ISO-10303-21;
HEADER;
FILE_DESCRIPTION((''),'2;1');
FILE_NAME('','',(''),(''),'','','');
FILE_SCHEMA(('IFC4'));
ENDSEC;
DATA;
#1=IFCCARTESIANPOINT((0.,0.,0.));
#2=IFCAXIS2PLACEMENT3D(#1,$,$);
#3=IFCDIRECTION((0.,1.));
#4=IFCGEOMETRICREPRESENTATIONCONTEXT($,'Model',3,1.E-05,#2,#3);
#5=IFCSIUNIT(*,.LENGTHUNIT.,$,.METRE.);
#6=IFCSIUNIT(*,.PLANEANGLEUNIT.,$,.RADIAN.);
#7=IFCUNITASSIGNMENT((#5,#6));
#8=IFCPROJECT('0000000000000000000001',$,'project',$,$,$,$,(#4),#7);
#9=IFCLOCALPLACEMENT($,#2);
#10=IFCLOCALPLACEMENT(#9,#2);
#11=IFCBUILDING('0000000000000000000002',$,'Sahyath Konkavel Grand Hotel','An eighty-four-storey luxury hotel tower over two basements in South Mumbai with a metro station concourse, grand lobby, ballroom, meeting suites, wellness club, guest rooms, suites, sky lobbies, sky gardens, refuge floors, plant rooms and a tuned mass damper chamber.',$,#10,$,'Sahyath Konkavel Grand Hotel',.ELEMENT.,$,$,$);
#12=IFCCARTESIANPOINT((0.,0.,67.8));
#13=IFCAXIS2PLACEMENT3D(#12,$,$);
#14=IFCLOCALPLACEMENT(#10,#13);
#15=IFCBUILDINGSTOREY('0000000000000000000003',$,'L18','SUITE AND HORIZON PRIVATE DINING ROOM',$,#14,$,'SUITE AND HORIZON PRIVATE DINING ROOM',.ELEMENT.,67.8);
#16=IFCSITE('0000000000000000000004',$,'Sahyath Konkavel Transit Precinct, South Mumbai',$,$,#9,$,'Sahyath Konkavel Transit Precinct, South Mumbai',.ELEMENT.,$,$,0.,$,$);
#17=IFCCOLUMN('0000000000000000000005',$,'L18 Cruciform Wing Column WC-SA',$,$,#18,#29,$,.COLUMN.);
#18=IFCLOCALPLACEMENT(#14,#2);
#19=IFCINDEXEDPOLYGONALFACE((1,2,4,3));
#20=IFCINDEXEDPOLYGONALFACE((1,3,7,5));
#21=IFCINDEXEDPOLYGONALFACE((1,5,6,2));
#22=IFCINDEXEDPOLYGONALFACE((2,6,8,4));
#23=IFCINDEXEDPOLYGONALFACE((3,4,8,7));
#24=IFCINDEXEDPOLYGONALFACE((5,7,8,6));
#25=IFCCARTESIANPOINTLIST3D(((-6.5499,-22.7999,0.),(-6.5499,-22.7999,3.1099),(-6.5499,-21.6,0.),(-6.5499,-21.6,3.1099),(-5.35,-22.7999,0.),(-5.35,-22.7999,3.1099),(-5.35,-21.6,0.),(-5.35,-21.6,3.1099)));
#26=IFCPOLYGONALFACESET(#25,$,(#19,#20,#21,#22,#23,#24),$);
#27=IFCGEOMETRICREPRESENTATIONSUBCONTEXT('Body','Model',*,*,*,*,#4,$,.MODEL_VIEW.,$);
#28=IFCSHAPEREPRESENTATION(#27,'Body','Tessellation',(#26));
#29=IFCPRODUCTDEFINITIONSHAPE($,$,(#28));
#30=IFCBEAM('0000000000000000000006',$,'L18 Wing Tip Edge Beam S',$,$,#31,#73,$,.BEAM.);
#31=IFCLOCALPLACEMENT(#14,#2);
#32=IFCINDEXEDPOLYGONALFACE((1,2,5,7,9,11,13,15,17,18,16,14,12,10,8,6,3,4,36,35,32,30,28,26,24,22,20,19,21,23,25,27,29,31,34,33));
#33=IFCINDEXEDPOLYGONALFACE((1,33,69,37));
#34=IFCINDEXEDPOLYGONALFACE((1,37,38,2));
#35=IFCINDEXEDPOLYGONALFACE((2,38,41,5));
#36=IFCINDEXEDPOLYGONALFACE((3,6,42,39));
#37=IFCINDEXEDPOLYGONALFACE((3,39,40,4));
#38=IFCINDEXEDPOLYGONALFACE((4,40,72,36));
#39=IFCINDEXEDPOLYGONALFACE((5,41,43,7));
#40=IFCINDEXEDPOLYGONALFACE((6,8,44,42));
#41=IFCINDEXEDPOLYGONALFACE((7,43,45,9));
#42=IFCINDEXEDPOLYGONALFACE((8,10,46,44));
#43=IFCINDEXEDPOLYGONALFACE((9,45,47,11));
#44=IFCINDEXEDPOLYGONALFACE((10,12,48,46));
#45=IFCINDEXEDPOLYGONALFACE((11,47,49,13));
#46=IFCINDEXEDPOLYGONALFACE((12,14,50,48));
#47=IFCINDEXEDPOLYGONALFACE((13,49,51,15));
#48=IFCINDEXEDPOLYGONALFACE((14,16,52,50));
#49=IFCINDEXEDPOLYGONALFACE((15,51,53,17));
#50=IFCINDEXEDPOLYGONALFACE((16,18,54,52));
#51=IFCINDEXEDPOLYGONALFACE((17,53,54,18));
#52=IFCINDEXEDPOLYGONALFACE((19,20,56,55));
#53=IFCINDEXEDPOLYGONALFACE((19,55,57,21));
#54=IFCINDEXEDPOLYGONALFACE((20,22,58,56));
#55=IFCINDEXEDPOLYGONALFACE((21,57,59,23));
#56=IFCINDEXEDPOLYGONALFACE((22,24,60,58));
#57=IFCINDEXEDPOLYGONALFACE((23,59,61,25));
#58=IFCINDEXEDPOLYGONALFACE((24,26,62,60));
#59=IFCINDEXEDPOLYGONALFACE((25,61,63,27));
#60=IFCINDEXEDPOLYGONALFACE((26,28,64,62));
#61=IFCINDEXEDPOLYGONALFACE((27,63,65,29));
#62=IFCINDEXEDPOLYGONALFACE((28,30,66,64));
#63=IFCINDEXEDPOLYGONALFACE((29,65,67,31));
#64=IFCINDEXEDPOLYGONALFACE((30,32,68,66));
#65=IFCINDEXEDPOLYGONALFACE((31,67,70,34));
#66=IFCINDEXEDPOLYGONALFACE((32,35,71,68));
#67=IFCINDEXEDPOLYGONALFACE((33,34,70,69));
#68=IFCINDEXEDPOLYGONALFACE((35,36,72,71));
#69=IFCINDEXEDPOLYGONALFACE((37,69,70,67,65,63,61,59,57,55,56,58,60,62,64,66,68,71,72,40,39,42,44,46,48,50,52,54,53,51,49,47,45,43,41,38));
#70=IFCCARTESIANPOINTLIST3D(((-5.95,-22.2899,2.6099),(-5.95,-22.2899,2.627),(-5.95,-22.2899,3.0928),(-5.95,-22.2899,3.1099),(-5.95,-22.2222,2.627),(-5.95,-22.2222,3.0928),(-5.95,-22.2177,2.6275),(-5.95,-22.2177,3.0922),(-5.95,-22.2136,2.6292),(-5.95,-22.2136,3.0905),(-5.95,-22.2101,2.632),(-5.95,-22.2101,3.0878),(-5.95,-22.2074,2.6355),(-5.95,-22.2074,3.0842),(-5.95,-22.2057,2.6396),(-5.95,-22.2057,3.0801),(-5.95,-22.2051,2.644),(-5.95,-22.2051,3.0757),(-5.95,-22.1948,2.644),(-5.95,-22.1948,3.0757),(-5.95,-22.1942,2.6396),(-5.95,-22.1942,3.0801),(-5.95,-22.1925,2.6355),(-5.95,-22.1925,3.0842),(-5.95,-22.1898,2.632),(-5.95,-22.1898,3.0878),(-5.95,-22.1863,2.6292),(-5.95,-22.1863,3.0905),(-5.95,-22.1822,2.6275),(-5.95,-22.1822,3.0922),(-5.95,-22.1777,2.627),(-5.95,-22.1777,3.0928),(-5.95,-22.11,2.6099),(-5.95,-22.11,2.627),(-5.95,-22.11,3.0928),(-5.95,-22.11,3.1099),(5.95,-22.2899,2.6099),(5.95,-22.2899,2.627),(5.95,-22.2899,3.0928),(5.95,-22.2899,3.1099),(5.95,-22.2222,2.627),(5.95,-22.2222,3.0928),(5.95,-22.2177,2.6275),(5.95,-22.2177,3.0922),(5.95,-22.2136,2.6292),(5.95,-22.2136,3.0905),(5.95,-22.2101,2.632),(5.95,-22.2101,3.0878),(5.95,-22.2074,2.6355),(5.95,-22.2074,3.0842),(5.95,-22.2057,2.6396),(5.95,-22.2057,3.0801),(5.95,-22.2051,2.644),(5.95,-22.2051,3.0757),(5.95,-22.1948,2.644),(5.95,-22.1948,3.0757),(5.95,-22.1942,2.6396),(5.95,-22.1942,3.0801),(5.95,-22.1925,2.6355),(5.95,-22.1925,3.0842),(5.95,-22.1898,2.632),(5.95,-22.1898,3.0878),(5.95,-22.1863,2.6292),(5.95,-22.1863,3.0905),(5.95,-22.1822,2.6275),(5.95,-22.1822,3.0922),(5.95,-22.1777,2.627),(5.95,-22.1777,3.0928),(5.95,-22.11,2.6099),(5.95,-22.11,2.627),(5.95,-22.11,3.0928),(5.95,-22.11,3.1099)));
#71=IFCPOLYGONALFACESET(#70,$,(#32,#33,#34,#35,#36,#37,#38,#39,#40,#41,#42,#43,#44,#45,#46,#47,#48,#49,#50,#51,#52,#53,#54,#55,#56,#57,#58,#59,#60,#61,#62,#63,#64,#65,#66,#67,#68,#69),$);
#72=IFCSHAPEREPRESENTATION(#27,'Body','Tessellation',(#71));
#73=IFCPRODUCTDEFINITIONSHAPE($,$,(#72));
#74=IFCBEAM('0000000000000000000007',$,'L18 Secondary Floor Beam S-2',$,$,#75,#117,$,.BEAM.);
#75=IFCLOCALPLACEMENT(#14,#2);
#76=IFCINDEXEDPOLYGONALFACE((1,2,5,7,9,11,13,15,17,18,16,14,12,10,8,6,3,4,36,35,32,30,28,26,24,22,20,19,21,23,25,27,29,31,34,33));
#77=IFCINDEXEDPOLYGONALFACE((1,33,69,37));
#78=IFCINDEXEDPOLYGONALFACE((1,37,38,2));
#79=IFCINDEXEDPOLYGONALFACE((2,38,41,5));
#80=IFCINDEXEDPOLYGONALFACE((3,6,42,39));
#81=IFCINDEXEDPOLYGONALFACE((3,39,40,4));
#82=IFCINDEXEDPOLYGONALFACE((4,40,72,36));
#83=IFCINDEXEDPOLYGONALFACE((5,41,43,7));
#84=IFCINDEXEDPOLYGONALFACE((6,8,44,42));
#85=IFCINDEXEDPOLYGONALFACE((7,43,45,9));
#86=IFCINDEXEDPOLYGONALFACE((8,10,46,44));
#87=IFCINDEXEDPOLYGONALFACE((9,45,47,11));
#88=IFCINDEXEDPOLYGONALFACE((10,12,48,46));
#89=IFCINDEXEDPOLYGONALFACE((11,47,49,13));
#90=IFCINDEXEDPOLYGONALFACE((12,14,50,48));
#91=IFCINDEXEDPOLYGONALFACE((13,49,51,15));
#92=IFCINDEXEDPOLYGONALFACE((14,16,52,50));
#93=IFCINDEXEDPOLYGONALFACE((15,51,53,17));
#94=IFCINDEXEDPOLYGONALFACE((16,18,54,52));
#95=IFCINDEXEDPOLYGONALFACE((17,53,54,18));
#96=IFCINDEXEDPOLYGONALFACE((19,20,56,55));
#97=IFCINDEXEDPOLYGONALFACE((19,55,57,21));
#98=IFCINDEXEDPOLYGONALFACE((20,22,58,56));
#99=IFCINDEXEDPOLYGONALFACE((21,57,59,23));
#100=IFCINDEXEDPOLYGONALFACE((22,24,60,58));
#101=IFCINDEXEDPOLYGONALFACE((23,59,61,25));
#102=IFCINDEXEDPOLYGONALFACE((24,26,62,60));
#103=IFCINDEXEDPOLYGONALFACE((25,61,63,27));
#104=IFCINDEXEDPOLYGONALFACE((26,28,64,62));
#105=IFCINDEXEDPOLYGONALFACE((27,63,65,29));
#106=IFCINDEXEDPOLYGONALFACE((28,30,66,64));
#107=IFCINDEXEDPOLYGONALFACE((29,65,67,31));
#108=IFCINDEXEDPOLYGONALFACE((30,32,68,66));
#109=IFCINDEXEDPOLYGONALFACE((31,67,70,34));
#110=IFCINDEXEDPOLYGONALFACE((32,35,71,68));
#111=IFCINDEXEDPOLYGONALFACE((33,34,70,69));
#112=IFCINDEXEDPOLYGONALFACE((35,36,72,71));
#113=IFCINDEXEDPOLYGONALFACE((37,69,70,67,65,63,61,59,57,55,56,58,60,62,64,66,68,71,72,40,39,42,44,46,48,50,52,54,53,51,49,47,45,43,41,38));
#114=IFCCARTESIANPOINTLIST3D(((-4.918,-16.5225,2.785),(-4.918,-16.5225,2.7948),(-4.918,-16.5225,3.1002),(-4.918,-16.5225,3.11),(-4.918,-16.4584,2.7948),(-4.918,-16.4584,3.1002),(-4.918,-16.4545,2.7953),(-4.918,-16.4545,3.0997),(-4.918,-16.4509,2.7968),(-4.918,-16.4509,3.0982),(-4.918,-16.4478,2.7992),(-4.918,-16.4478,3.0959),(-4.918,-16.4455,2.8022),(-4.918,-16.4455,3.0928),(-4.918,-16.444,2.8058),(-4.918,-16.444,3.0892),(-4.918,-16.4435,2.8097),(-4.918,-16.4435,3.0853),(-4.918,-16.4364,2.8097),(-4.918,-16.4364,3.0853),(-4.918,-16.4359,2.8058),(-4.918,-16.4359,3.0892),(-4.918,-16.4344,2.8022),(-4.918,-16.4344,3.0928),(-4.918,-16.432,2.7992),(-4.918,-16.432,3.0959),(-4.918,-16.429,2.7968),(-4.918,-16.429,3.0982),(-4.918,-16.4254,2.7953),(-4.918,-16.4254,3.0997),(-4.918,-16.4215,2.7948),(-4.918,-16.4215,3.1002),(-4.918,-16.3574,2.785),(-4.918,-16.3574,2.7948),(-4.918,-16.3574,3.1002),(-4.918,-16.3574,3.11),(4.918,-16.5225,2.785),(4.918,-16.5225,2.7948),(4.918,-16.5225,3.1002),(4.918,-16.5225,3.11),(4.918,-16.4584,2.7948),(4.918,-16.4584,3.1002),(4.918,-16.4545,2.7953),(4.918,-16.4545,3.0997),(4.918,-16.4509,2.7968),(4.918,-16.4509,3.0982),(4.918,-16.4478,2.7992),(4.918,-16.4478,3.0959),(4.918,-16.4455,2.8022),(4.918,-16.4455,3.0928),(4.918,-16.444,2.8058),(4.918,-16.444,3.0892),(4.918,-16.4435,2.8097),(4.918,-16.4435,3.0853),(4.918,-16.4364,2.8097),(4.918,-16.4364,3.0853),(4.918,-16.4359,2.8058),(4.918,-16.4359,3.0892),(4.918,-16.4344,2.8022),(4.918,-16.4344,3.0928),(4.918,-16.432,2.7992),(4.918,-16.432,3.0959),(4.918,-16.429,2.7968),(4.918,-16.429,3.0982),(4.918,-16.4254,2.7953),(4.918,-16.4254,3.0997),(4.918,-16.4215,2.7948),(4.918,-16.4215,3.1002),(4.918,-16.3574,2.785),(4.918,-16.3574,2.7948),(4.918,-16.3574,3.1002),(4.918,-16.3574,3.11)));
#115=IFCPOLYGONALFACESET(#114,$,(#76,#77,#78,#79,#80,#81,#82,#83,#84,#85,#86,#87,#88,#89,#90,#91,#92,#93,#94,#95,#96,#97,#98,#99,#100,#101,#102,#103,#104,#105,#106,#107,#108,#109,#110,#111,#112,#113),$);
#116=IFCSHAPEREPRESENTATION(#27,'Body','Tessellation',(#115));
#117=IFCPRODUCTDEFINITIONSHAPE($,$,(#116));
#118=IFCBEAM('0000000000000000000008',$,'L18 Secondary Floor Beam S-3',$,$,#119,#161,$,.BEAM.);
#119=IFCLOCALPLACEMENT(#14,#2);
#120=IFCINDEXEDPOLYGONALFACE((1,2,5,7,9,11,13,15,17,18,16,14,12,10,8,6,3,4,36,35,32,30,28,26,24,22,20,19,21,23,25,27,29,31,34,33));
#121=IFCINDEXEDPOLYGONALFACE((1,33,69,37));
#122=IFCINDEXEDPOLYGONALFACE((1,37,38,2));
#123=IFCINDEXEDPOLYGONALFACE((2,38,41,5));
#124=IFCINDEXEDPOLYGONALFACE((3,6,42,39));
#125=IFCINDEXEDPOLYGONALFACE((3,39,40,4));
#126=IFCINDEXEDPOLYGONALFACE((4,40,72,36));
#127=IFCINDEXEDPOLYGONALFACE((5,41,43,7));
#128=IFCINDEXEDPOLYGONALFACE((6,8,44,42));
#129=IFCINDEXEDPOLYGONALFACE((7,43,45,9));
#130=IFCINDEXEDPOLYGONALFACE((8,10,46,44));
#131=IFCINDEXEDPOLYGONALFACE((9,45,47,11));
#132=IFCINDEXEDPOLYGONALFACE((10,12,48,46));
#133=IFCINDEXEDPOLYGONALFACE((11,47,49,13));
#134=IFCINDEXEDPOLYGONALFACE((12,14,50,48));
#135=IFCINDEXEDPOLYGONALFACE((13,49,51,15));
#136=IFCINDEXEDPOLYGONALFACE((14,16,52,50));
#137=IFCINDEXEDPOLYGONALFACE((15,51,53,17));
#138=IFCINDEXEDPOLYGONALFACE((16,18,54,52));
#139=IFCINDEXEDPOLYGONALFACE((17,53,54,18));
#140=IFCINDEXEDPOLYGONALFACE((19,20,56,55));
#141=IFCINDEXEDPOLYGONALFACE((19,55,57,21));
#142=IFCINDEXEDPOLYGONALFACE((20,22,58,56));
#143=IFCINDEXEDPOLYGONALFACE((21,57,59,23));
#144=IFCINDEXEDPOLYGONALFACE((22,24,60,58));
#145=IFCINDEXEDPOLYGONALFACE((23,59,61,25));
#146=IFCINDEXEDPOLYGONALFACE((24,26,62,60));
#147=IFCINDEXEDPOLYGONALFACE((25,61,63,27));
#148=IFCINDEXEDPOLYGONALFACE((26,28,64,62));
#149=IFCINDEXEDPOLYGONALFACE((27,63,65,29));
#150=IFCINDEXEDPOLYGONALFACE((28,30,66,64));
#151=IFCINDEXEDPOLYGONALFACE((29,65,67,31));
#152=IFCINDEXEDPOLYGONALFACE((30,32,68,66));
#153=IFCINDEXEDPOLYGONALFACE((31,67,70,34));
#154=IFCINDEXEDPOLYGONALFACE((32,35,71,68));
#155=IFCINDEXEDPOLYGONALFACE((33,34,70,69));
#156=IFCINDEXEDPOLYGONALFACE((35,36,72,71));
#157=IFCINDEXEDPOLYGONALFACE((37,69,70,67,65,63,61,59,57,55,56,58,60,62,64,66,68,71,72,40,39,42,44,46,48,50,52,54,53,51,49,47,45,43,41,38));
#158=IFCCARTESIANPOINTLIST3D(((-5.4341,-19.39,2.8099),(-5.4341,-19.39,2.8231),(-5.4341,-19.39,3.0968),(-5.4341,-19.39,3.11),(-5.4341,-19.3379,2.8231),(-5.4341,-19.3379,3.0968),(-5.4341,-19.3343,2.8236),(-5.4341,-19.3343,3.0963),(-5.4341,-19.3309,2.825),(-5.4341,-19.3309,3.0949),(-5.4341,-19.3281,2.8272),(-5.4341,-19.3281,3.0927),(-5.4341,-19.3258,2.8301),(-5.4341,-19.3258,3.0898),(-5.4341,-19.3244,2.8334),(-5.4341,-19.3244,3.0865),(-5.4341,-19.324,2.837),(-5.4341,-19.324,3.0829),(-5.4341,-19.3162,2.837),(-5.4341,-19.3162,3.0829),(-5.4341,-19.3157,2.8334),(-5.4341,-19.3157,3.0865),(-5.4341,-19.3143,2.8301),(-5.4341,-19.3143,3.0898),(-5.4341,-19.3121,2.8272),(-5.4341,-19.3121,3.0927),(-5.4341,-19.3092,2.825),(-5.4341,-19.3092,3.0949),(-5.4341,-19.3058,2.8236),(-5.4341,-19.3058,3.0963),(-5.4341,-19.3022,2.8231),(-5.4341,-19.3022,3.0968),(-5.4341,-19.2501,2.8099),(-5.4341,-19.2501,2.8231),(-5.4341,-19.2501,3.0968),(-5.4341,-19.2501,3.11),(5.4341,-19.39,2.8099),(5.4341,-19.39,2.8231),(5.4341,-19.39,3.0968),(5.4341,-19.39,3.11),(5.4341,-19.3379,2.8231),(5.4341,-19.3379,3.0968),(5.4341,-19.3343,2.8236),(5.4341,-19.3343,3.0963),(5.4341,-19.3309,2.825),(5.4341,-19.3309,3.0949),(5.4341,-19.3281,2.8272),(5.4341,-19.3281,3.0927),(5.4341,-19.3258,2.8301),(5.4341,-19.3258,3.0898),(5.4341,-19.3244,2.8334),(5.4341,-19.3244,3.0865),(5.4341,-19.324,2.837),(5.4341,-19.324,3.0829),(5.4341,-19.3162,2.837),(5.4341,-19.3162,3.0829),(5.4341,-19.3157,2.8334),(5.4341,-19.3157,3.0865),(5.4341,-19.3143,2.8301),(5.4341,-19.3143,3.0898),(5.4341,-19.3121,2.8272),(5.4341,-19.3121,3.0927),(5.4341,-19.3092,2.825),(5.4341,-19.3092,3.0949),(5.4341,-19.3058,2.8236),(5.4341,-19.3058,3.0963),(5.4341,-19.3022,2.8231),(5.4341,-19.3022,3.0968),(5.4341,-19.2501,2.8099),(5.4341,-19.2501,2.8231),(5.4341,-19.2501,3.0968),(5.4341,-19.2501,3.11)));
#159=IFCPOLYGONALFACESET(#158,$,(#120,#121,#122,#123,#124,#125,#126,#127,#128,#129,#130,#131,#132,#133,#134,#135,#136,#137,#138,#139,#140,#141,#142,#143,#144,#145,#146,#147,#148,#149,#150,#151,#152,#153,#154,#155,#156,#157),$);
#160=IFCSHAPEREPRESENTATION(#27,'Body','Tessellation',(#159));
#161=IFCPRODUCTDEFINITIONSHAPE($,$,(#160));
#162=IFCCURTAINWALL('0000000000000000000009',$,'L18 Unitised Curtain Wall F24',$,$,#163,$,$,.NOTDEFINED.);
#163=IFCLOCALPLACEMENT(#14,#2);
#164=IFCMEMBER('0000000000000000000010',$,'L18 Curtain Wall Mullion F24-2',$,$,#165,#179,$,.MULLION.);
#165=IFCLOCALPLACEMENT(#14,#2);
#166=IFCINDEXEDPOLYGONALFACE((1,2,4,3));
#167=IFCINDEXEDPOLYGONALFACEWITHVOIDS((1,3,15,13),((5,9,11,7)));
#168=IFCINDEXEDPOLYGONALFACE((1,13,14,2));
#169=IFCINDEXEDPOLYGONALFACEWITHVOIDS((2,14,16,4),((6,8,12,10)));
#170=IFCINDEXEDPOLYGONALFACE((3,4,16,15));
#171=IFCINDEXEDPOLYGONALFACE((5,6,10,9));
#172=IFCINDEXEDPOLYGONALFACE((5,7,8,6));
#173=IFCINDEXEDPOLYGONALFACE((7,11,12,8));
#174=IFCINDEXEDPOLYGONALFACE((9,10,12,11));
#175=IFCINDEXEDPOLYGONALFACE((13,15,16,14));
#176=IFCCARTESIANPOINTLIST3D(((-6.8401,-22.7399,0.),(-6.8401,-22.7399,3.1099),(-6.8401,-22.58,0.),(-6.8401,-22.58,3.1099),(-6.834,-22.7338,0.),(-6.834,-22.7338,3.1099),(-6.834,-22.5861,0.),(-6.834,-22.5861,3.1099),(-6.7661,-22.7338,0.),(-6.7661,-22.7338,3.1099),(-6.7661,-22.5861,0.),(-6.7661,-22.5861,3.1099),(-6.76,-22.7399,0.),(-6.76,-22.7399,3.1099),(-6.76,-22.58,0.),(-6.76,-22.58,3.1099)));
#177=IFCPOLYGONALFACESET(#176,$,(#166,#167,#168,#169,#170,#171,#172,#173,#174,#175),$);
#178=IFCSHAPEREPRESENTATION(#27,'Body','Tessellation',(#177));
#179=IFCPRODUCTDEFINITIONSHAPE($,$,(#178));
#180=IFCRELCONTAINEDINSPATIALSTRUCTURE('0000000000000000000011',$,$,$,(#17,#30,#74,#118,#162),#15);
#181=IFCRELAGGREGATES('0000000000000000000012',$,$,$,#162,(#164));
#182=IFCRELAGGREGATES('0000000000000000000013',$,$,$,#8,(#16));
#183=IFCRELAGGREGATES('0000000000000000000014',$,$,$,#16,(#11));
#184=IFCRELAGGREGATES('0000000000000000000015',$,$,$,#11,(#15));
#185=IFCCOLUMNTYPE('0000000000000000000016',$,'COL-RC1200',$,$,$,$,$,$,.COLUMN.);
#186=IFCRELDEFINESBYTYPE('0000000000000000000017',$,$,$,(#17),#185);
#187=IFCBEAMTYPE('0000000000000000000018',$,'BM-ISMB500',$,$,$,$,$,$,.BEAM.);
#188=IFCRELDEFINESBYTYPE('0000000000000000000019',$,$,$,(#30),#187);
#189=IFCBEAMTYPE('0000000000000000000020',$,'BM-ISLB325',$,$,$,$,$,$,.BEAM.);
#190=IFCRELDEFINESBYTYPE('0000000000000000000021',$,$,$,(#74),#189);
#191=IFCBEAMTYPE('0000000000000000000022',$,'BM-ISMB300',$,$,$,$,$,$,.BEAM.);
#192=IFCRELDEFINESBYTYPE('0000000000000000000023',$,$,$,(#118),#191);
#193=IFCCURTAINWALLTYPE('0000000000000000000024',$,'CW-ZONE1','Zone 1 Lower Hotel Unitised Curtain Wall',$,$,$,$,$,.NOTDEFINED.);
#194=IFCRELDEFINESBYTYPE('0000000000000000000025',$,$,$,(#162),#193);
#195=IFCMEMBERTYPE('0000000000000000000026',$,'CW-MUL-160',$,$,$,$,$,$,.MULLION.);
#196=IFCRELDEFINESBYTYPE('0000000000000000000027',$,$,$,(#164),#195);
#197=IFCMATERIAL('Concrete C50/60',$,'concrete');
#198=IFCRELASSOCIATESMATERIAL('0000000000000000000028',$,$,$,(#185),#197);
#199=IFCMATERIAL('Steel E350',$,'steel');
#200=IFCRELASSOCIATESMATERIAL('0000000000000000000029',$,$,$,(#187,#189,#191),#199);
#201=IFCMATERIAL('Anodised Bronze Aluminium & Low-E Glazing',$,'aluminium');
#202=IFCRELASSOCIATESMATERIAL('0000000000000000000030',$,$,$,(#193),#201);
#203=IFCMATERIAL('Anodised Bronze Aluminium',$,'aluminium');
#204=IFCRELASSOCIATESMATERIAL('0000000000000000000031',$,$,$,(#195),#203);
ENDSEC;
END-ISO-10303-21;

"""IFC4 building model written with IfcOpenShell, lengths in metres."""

from ifc_helpers import new_model, si_unit, direction, frame, origin, origin_2d, place, context, subcontext, project, spatial, rectangle, hollow_rectangle, i_section, extrude, source, transform, mapped, material, material_profile, profile_set, type_object, element, aggregate, save


model = new_model("IFC4")

# Units and contexts
model_context = context("Model", 3, precision=1e-05, world=origin(), true_north=direction((0.0, 1.0)))
body_context = subcontext(model_context, "Body", "Model", "MODEL_VIEW")
ifc_project = project(units=[si_unit("LENGTHUNIT", "METRE"), si_unit("PLANEANGLEUNIT", "RADIAN")], contexts=[model_context])

# Site, building, storey
site_placement = place(None, origin())
site = spatial("IfcSite", under=ifc_project, at=site_placement, Name="Sahyath Konkavel Transit Precinct, South Mumbai", LongName="Sahyath Konkavel Transit Precinct, South Mumbai", CompositionType="ELEMENT", RefElevation=0.0)
building_placement = place(site_placement, origin())
building = spatial("IfcBuilding", under=site, at=building_placement, Name="Sahyath Konkavel Grand Hotel", Description="An eighty-four-storey luxury hotel tower over two basements in South Mumbai with a metro station concourse, grand lobby, ballroom, meeting suites, wellness club, guest rooms, suites, sky lobbies, sky gardens, refuge floors, plant rooms and a tuned mass damper chamber.", LongName="Sahyath Konkavel Grand Hotel", CompositionType="ELEMENT")
storey_placement = place(building_placement, frame((0.0, 0.0, 67.8)))
storey = spatial("IfcBuildingStorey", under=building, at=storey_placement, Name="L18", Description="SUITE AND HORIZON PRIVATE DINING ROOM", LongName="SUITE AND HORIZON PRIVATE DINING ROOM", CompositionType="ELEMENT", Elevation=67.8)

# Column
ifc_material_1 = material(Name="Concrete C50/60", Category="concrete")
ifc_material_profile_1 = material_profile(ifc_material_1, rectangle(XDim=1.2, YDim=1.2, at=origin_2d()), Name="RC 1200x1200")
ifc_profile_set_1 = profile_set([ifc_material_profile_1], Name="Concrete C50/60")
column_type = type_object("IfcColumnType", Name="COL-RC1200", PredefinedType="COLUMN", material=ifc_profile_set_1)
shared_shape_1 = source(origin(), body_context, "Body", "SweptSolid", [
    extrude(rectangle(XDim=1.2, YDim=1.2, at=origin_2d()), origin(), (0.0, 0.0, 1.0), 3.1099),
])
column_placement = place(storey_placement, frame((-5.95, -22.2, 0.0), z_axis=(0.0, 0.0, 1.0), x_axis=(1.0, 0.0, 0.0)))
element("IfcColumn", 1, at=column_placement, inside=storey, type_object=column_type, Name="L18 Cruciform Wing Column WC-SA", PredefinedType="COLUMN", context=body_context, shape_type="MappedRepresentation", body=[
    mapped(shared_shape_1, transform((0.0, 0.0, 0.0), scale=1.0)),
])

# Beams
ifc_material_2 = material(Name="Steel E350", Category="steel")
ifc_material_profile_2 = material_profile(ifc_material_2, i_section(OverallWidth=0.1799, OverallDepth=0.5, WebThickness=0.0103, FlangeThickness=0.0171, FilletRadius=0.0171, at=origin_2d()), Name="ISMB 500")
ifc_profile_set_2 = profile_set([ifc_material_profile_2], Name="Steel E350")
beam_type_1 = type_object("IfcBeamType", Name="BM-ISMB500", PredefinedType="BEAM", material=ifc_profile_set_2)
shared_shape_2 = source(origin(), body_context, "Body", "SweptSolid", [
    extrude(i_section(OverallWidth=0.1799, OverallDepth=0.5, WebThickness=0.0103, FlangeThickness=0.0171, FilletRadius=0.0171, at=origin_2d()), origin(), (0.0, 0.0, 1.0), 11.8999),
])
beam_1_placement = place(storey_placement, frame((-5.95, -22.2, 2.8599), z_axis=(1.0, 0.0, 0.0), x_axis=(0.0, 1.0, 0.0)))
element("IfcBeam", 2, at=beam_1_placement, inside=storey, type_object=beam_type_1, Name="L18 Wing Tip Edge Beam S", PredefinedType="BEAM", context=body_context, shape_type="MappedRepresentation", body=[
    mapped(shared_shape_2, transform((0.0, 0.0, 0.0), scale=1.0)),
])
ifc_material_profile_3 = material_profile(ifc_material_2, i_section(OverallWidth=0.165, OverallDepth=0.325, WebThickness=0.0071, FlangeThickness=0.0098, FilletRadius=0.0149, at=origin_2d()), Name="ISLB 325")
ifc_profile_set_3 = profile_set([ifc_material_profile_3], Name="Steel E350")
beam_type_2 = type_object("IfcBeamType", Name="BM-ISLB325", PredefinedType="BEAM", material=ifc_profile_set_3)
shared_shape_3 = source(origin(), body_context, "Body", "SweptSolid", [
    extrude(i_section(OverallWidth=0.165, OverallDepth=0.325, WebThickness=0.0071, FlangeThickness=0.0098, FilletRadius=0.0149, at=origin_2d()), origin(), (0.0, 0.0, 1.0), 9.8359),
])
beam_2_placement = place(storey_placement, frame((-4.918, -16.4399, 2.9475), z_axis=(1.0, 0.0, 0.0), x_axis=(0.0, 1.0, 0.0)))
element("IfcBeam", 3, at=beam_2_placement, inside=storey, type_object=beam_type_2, Name="L18 Secondary Floor Beam S-2", PredefinedType="BEAM", context=body_context, shape_type="MappedRepresentation", body=[
    mapped(shared_shape_3, transform((0.0, 0.0, 0.0), scale=1.0)),
])
ifc_material_profile_4 = material_profile(ifc_material_2, i_section(OverallWidth=0.1399, OverallDepth=0.3, WebThickness=0.0078, FlangeThickness=0.0132, FilletRadius=0.0139, at=origin_2d()), Name="ISMB 300")
ifc_profile_set_4 = profile_set([ifc_material_profile_4], Name="Steel E350")
beam_type_3 = type_object("IfcBeamType", Name="BM-ISMB300", PredefinedType="BEAM", material=ifc_profile_set_4)
shared_shape_4 = source(origin(), body_context, "Body", "SweptSolid", [
    extrude(i_section(OverallWidth=0.1399, OverallDepth=0.3, WebThickness=0.0078, FlangeThickness=0.0132, FilletRadius=0.0139, at=origin_2d()), origin(), (0.0, 0.0, 1.0), 10.8682),
])
beam_3_placement = place(storey_placement, frame((-5.4341, -19.3201, 2.96), z_axis=(1.0, 0.0, 0.0), x_axis=(0.0, 1.0, 0.0)))
element("IfcBeam", 4, at=beam_3_placement, inside=storey, type_object=beam_type_3, Name="L18 Secondary Floor Beam S-3", PredefinedType="BEAM", context=body_context, shape_type="MappedRepresentation", body=[
    mapped(shared_shape_4, transform((0.0, 0.0, 0.0), scale=1.0)),
])

# Curtain wall, member
ifc_material_3 = material(Name="Anodised Bronze Aluminium & Low-E Glazing", Category="aluminium")
curtain_wall_type = type_object("IfcCurtainWallType", Name="CW-ZONE1", Description="Zone 1 Lower Hotel Unitised Curtain Wall", PredefinedType="NOTDEFINED", material=ifc_material_3)
curtain_wall_1_placement = place(storey_placement, origin())
curtain_wall_1 = element("IfcCurtainWall", 5, at=curtain_wall_1_placement, inside=storey, type_object=curtain_wall_type, Name="L18 Unitised Curtain Wall F24", PredefinedType="NOTDEFINED")
ifc_material_4 = material(Name="Anodised Bronze Aluminium", Category="aluminium")
ifc_material_profile_5 = material_profile(ifc_material_4, hollow_rectangle(XDim=0.0801, YDim=0.1599, WallThickness=0.0061, at=origin_2d()), Name="RHS 160x80x6")
ifc_profile_set_5 = profile_set([ifc_material_profile_5], Name="Anodised Bronze Aluminium")
member_type_1 = type_object("IfcMemberType", Name="CW-MUL-160", PredefinedType="MULLION", material=ifc_profile_set_5)
shared_shape_5 = source(origin(), body_context, "Body", "SweptSolid", [
    extrude(hollow_rectangle(XDim=0.0801, YDim=0.1599, WallThickness=0.0061, at=origin_2d()), origin(), (0.0, 0.0, 1.0), 3.1099),
])
member_1_placement = place(storey_placement, frame((-6.8, -22.6599, 0.0), z_axis=(0.0, 0.0, 1.0), x_axis=(1.0, 0.0, 0.0)))
member_1 = element("IfcMember", 6, at=member_1_placement, type_object=member_type_1, Name="L18 Curtain Wall Mullion F24-2", PredefinedType="MULLION", context=body_context, shape_type="MappedRepresentation", body=[
    mapped(shared_shape_5, transform((0.0, 0.0, 0.0), scale=1.0)),
])

aggregate(curtain_wall_1, [member_1])

save(model, "model.ifc")
